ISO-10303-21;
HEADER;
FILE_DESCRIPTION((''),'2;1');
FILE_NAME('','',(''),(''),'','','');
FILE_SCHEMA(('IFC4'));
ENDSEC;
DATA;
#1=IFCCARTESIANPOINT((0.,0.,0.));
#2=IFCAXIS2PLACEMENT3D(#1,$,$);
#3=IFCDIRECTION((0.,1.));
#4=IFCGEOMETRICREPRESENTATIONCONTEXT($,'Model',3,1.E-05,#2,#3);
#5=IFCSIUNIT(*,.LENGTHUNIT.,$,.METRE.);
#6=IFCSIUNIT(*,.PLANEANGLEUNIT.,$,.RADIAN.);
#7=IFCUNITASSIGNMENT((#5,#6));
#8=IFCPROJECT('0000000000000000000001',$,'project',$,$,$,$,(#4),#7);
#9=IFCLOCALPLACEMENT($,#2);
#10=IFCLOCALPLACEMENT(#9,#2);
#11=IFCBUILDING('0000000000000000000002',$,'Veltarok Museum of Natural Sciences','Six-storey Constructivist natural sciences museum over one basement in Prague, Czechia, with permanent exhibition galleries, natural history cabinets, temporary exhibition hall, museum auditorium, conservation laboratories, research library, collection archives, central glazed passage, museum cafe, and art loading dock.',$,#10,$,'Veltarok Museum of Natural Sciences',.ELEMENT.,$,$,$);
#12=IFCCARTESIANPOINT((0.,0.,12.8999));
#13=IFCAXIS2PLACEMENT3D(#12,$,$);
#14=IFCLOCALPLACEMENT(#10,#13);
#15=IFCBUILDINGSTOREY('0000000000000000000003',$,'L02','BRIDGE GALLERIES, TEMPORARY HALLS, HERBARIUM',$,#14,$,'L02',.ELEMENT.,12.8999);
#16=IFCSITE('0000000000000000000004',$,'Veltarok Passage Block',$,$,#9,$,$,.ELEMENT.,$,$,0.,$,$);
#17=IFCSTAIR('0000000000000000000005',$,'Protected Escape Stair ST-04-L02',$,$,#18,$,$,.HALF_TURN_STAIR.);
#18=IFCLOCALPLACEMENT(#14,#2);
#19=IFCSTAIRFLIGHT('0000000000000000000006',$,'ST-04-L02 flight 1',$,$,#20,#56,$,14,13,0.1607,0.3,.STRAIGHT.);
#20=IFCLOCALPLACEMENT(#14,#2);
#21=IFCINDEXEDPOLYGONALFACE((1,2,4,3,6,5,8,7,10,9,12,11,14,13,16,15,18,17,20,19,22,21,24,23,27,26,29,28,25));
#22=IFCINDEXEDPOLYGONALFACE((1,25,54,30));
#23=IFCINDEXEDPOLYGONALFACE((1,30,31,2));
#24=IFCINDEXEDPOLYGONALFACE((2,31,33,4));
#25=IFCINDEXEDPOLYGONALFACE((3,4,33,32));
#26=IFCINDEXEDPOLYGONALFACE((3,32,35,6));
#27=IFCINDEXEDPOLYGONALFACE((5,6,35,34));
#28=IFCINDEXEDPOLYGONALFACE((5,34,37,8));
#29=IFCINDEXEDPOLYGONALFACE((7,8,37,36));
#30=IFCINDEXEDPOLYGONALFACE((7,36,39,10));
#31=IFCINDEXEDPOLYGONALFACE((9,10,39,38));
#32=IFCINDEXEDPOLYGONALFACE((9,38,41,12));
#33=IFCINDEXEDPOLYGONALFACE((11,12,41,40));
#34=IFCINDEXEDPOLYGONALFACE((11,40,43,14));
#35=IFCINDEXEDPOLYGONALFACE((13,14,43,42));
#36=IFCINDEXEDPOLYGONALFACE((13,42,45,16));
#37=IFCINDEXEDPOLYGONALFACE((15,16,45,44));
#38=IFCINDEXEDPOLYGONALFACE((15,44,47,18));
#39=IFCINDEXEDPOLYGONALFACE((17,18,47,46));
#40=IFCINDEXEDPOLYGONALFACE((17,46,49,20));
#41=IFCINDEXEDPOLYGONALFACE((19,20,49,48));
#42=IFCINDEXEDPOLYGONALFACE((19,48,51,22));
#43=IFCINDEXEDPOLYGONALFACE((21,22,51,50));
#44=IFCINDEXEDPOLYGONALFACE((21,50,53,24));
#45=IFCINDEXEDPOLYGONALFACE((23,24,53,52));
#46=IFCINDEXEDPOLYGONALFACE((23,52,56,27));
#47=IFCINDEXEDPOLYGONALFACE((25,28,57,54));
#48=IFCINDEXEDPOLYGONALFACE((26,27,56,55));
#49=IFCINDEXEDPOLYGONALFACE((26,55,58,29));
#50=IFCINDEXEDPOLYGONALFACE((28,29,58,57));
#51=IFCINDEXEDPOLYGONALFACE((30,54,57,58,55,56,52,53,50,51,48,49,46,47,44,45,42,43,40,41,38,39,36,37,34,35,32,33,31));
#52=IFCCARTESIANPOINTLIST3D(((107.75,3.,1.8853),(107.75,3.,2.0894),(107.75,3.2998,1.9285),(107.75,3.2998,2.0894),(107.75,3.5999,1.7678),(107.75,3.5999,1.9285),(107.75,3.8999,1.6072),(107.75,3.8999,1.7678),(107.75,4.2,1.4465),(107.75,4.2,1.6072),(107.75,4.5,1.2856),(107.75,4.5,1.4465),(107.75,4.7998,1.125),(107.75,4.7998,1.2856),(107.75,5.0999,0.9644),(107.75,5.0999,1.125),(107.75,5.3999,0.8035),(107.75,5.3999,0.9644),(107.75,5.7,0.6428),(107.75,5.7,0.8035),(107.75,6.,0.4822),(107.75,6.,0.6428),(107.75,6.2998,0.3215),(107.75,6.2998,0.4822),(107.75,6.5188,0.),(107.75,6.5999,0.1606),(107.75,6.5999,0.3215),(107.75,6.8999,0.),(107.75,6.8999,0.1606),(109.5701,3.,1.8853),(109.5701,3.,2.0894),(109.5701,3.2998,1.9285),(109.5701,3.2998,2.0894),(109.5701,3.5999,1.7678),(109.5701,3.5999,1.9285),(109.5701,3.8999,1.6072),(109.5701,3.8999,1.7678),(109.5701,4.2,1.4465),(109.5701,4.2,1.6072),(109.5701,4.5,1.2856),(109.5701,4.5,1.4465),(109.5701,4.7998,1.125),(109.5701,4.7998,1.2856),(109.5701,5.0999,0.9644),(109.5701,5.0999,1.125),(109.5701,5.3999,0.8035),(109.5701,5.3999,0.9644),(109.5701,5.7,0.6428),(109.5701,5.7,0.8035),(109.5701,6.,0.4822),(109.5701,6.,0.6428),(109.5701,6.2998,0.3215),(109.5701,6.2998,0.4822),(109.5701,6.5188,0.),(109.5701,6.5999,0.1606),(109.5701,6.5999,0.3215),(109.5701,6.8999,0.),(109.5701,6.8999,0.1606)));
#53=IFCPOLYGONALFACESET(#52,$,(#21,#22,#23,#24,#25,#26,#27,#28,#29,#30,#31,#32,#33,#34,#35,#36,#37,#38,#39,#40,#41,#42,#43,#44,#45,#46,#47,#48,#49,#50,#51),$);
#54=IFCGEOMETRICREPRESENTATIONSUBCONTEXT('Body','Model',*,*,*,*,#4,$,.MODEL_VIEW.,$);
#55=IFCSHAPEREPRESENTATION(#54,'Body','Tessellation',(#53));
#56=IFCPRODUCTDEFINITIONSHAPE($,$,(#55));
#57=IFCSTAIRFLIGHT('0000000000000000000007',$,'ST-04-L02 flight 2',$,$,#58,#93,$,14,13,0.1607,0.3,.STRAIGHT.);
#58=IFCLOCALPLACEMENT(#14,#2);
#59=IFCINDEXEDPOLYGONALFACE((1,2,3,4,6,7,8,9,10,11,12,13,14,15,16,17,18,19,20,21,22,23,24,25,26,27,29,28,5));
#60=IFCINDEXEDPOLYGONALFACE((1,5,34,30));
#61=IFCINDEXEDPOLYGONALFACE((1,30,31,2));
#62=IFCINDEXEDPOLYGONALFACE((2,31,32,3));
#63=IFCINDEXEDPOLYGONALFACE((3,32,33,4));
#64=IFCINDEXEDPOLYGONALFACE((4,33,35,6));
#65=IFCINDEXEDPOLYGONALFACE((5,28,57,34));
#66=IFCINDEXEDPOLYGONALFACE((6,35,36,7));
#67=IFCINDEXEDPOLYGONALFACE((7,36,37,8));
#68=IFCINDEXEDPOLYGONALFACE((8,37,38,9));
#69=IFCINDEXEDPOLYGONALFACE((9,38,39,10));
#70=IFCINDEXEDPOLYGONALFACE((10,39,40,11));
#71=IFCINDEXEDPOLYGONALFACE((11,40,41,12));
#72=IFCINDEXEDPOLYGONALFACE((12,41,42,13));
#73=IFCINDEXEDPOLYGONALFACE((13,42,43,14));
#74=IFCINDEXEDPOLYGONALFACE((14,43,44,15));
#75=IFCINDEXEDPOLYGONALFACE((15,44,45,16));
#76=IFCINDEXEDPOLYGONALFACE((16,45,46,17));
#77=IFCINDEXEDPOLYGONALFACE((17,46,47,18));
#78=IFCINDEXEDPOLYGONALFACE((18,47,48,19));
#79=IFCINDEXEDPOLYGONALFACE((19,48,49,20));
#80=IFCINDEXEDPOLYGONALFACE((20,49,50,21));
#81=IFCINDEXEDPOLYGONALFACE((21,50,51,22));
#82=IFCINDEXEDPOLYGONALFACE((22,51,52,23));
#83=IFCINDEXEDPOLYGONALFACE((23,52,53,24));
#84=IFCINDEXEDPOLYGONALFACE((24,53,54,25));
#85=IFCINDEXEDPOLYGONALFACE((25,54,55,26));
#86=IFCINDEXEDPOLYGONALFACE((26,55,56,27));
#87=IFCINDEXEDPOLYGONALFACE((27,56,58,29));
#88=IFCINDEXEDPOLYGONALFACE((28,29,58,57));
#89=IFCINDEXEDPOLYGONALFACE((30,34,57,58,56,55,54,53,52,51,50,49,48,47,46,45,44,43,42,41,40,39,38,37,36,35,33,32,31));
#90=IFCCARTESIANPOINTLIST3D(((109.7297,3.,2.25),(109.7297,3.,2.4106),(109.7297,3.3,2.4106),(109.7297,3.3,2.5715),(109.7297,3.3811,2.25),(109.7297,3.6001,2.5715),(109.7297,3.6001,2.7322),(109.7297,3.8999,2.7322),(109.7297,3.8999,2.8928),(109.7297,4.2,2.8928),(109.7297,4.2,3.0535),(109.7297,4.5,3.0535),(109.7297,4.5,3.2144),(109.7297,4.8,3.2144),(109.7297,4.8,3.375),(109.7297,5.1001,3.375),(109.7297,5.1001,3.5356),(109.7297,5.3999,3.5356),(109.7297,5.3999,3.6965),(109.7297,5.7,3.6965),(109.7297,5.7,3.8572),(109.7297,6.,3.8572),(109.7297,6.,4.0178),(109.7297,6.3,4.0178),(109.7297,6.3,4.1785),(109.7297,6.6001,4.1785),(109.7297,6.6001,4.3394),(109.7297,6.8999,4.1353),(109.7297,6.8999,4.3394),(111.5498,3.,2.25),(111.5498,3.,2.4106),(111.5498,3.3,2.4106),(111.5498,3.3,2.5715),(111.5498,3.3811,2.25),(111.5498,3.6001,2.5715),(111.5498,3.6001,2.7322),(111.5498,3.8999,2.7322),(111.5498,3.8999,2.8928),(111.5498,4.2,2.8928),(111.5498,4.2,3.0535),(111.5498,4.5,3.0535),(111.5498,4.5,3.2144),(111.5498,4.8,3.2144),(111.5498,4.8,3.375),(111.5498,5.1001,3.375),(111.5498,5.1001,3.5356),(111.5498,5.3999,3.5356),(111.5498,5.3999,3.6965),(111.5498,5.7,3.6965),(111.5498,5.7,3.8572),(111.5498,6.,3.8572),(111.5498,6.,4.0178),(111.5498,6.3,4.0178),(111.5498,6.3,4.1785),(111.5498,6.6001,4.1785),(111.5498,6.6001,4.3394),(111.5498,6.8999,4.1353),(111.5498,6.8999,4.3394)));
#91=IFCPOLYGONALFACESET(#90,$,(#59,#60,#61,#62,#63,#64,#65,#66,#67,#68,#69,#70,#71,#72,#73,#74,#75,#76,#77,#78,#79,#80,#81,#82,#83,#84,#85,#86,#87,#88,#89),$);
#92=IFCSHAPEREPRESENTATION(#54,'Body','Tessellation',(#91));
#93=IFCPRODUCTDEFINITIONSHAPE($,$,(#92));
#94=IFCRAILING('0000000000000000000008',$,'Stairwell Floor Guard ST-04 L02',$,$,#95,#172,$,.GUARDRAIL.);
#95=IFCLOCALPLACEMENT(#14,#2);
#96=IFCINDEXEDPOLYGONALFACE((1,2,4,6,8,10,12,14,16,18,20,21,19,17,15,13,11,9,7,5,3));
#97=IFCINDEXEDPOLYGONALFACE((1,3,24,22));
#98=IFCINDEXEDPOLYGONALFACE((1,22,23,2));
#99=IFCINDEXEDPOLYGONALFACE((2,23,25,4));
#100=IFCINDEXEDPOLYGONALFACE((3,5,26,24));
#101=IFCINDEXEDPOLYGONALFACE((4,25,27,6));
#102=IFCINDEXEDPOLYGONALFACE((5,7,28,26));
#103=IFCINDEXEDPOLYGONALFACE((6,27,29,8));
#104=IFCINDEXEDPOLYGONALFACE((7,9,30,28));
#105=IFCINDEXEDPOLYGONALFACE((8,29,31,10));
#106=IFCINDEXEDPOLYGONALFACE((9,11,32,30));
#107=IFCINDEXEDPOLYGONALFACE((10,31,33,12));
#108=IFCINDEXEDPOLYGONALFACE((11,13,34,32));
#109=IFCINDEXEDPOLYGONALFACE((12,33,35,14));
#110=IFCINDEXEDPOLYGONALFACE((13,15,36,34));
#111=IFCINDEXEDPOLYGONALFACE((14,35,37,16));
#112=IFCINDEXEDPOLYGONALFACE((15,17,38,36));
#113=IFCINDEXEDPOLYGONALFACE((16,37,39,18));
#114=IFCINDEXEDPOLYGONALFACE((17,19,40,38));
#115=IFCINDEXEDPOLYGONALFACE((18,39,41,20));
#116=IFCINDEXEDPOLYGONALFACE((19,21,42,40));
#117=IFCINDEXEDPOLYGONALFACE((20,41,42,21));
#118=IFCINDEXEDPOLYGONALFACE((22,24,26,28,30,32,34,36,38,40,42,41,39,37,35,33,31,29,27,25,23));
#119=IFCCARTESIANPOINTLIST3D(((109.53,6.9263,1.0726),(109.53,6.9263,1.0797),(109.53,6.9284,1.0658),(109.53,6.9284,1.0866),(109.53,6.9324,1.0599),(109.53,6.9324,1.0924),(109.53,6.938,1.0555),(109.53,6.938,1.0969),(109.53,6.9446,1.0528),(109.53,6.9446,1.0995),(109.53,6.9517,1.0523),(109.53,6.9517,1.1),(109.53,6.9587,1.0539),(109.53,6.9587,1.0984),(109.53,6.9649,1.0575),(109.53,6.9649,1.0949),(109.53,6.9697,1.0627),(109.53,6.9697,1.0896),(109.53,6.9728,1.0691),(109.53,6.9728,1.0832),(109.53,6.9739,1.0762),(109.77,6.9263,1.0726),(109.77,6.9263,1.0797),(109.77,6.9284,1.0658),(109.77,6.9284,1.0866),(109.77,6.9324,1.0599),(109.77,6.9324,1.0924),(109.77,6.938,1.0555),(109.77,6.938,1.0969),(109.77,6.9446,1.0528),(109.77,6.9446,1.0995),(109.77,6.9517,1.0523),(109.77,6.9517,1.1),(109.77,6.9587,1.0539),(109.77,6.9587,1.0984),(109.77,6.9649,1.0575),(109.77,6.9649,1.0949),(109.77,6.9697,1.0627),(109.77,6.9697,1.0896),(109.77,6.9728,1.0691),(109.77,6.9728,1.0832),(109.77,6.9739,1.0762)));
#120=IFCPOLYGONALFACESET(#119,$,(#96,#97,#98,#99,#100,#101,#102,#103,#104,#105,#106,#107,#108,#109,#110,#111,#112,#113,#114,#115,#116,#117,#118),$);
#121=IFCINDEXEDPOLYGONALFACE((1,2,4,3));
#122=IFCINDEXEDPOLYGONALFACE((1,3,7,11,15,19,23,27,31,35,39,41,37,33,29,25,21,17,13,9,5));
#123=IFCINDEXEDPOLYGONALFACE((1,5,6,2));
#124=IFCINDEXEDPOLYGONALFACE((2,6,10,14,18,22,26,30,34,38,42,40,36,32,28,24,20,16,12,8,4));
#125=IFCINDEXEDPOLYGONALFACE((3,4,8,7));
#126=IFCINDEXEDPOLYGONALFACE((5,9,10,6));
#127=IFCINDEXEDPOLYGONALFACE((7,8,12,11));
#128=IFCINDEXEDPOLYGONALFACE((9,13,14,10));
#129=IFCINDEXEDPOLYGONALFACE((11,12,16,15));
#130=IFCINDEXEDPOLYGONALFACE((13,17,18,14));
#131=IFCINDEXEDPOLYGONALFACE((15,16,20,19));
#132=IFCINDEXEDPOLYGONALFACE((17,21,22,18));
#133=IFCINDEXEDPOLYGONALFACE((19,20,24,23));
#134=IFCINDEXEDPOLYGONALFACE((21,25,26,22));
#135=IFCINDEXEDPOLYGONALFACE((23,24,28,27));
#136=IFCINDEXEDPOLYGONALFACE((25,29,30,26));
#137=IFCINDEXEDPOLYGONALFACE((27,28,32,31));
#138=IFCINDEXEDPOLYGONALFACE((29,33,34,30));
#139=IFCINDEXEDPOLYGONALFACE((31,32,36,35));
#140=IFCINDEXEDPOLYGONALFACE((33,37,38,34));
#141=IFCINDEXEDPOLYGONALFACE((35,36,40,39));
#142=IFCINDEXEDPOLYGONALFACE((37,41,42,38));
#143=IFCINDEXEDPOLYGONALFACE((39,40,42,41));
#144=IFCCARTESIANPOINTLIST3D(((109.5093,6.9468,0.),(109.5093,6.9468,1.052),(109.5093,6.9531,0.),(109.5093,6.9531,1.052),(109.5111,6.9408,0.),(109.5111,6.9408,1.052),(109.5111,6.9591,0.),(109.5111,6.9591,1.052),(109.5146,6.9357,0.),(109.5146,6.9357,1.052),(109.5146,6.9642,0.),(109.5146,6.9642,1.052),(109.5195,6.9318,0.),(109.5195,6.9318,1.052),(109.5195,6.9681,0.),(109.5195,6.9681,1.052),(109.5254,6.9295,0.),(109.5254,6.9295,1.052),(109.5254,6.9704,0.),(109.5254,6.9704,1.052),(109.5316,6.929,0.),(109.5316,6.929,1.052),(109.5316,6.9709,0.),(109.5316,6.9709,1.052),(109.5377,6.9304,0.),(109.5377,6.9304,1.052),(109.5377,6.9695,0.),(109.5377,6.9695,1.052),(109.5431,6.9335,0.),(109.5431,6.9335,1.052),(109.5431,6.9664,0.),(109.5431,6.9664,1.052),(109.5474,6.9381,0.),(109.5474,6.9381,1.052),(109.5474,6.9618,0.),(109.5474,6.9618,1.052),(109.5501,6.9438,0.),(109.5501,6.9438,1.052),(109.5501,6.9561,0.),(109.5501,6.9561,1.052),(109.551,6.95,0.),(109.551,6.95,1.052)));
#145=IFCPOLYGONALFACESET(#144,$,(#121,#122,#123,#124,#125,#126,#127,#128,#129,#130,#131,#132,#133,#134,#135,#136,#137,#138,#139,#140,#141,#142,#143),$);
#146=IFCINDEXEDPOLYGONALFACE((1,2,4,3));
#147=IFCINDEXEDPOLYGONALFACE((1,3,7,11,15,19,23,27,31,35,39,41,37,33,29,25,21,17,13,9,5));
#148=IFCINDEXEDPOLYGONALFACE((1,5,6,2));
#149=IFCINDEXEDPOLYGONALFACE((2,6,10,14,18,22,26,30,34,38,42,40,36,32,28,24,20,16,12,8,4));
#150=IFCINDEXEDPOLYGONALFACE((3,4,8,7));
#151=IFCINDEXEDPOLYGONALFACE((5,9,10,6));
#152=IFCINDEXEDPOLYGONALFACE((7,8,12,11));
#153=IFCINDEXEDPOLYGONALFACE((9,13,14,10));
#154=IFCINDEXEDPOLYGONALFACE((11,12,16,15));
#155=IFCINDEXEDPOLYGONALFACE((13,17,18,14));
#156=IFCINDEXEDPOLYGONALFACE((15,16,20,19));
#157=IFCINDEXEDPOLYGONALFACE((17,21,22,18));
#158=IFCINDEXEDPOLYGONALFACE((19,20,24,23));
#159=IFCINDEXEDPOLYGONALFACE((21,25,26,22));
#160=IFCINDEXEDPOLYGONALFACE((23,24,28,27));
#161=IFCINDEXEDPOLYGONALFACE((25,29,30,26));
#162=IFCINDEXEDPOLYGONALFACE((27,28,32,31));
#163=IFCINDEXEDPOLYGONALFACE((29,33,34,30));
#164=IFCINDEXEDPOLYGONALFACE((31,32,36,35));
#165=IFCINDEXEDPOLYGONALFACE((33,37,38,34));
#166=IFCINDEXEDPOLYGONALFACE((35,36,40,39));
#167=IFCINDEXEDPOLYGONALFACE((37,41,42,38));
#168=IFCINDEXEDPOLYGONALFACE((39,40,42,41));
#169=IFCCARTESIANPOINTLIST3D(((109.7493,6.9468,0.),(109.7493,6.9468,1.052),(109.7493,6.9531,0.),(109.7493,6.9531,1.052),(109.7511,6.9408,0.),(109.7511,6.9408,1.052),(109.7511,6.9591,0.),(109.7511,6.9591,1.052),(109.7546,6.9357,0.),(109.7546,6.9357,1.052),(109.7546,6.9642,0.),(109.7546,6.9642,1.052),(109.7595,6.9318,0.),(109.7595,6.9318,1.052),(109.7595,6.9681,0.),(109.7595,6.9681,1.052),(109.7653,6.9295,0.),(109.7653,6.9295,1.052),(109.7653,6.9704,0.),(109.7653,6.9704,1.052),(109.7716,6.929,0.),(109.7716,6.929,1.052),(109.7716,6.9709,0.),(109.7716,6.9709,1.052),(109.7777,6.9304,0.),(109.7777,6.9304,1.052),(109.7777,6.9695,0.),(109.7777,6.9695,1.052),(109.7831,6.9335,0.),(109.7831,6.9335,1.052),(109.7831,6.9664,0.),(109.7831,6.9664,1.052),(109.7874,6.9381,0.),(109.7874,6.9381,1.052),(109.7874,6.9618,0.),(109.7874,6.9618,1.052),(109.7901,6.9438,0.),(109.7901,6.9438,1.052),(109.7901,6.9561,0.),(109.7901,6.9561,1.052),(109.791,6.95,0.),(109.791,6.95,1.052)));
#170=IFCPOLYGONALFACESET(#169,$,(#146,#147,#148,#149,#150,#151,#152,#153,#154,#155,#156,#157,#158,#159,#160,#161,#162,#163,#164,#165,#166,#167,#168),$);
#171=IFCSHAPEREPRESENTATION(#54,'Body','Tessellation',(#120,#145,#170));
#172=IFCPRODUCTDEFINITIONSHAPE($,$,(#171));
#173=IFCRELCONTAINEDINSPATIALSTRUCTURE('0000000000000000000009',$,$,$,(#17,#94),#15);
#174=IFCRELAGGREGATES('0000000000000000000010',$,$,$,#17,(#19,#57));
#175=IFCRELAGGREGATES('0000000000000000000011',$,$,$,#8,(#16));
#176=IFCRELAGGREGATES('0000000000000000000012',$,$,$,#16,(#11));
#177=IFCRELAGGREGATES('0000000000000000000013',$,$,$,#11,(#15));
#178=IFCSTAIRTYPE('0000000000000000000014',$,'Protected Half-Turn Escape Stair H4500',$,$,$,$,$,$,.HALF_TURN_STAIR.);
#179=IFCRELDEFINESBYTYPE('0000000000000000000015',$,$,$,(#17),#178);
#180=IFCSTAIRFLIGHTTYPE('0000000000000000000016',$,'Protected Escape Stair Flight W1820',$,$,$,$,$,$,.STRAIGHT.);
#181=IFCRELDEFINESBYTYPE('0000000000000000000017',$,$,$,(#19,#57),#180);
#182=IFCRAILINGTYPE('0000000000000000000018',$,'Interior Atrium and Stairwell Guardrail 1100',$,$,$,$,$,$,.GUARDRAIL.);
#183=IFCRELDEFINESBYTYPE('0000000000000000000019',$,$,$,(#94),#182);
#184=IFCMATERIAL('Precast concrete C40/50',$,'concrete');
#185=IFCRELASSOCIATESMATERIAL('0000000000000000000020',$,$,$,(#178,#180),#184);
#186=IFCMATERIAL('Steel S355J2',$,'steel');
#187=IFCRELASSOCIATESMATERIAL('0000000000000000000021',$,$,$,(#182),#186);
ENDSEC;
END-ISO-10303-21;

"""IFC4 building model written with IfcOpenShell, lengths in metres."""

from ifc_helpers import new_model, si_unit, direction, frame, origin, origin_2d, place, context, subcontext, project, spatial, polyline, circle, outline, extrude, material, type_object, element, aggregate, save


model = new_model("IFC4")

# Units and contexts
model_context = context("Model", 3, precision=1e-05, world=origin(), true_north=direction((0.0, 1.0)))
body_context = subcontext(model_context, "Body", "Model", "MODEL_VIEW")
ifc_project = project(units=[si_unit("LENGTHUNIT", "METRE"), si_unit("PLANEANGLEUNIT", "RADIAN")], contexts=[model_context])

# Site, building, storey
site_placement = place(None, origin())
site = spatial("IfcSite", under=ifc_project, at=site_placement, Name="Veltarok Passage Block", CompositionType="ELEMENT", RefElevation=0.0)
building_placement = place(site_placement, origin())
building = spatial("IfcBuilding", under=site, at=building_placement, Name="Veltarok Museum of Natural Sciences", Description="Six-storey Constructivist natural sciences museum over one basement in Prague, Czechia, with permanent exhibition galleries, natural history cabinets, temporary exhibition hall, museum auditorium, conservation laboratories, research library, collection archives, central glazed passage, museum cafe, and art loading dock.", LongName="Veltarok Museum of Natural Sciences", CompositionType="ELEMENT")
storey_placement = place(building_placement, frame((0.0, 0.0, 12.8999)))
storey = spatial("IfcBuildingStorey", under=building, at=storey_placement, Name="L02", Description="BRIDGE GALLERIES, TEMPORARY HALLS, HERBARIUM", LongName="L02", CompositionType="ELEMENT", Elevation=12.8999)

# Shared definitions
ifc_material_1 = material(Name="Steel S355J2", Category="steel")

# Shared definitions
ifc_material_2 = material(Name="Precast concrete C40/50", Category="concrete")

# Stair, stair flights
stair_type = type_object("IfcStairType", Name="Protected Half-Turn Escape Stair H4500", PredefinedType="HALF_TURN_STAIR", material=ifc_material_2)
stair_placement = place(storey_placement, origin())
stair = element("IfcStair", 1, at=stair_placement, inside=storey, type_object=stair_type, Name="Protected Escape Stair ST-04-L02", PredefinedType="HALF_TURN_STAIR")
stair_flight_type = type_object("IfcStairFlightType", Name="Protected Escape Stair Flight W1820", PredefinedType="STRAIGHT", material=ifc_material_2)
stair_flight_1_placement = place(storey_placement, frame((108.6599, 6.8999, 0.0), z_axis=(0.0, 0.0, 1.0), x_axis=(0.0, -1.0, 0.0)))
stair_flight_1 = element("IfcStairFlight", 2, at=stair_flight_1_placement, type_object=stair_flight_type, Name="ST-04-L02 flight 1", NumberOfRisers=14, NumberOfTreads=13, PredefinedType="STRAIGHT", RiserHeight=0.1607, TreadLength=0.3, context=body_context, shape_type="SweptSolid", body=[
    extrude(outline(polyline([(0.0, 0.0), (0.0, 0.1606), (0.3, 0.1606), (0.3, 0.3215), (0.6001, 0.3215), (0.6001, 0.4822), (0.8999, 0.4822), (0.8999, 0.6428), (1.2, 0.6428), (1.2, 0.8035), (1.5, 0.8035), (1.5, 0.9644), (1.8, 0.9644), (1.8, 1.125), (2.1001, 1.125), (2.1001, 1.2856), (2.3999, 1.2856), (2.3999, 1.4465), (2.7, 1.4465), (2.7, 1.6072), (3.0, 1.6072), (3.0, 1.7678), (3.3, 1.7678), (3.3, 1.9285), (3.6001, 1.9285), (3.6001, 2.0894), (3.8999, 2.0894), (3.8999, 2.25), (3.8999, 1.8853), (0.3811, 0.0), (0.0, 0.0)])), frame((0.0, 0.9102, 0.0), z_axis=(0.0, -1.0, 0.0), x_axis=(1.0, 0.0, 0.0)), (0.0, 0.0, 1.0), 1.8201),
])
stair_flight_2_placement = place(storey_placement, frame((110.6399, 3.0, 2.25), z_axis=(0.0, 0.0, 1.0), x_axis=(0.0, 1.0, 0.0)))
stair_flight_2 = element("IfcStairFlight", 3, at=stair_flight_2_placement, type_object=stair_flight_type, Name="ST-04-L02 flight 2", NumberOfRisers=14, NumberOfTreads=13, PredefinedType="STRAIGHT", RiserHeight=0.1607, TreadLength=0.3, context=body_context, shape_type="SweptSolid", body=[
    extrude(outline(polyline([(0.0, 0.0), (0.0, 0.1606), (0.3, 0.1606), (0.3, 0.3215), (0.6001, 0.3215), (0.6001, 0.4822), (0.8999, 0.4822), (0.8999, 0.6428), (1.2, 0.6428), (1.2, 0.8035), (1.5, 0.8035), (1.5, 0.9644), (1.8, 0.9644), (1.8, 1.125), (2.1001, 1.125), (2.1001, 1.2856), (2.3999, 1.2856), (2.3999, 1.4465), (2.7, 1.4465), (2.7, 1.6072), (3.0, 1.6072), (3.0, 1.7678), (3.3, 1.7678), (3.3, 1.9285), (3.6001, 1.9285), (3.6001, 2.0894), (3.8999, 2.0894), (3.8999, 2.25), (3.8999, 1.8853), (0.3811, 0.0), (0.0, 0.0)])), frame((0.0, 0.9102, 0.0), z_axis=(0.0, -1.0, 0.0), x_axis=(1.0, 0.0, 0.0)), (0.0, 0.0, 1.0), 1.8201),
])
aggregate(stair, [stair_flight_1, stair_flight_2])

# Railing
railing_type_1 = type_object("IfcRailingType", Name="Interior Atrium and Stairwell Guardrail 1100", PredefinedType="GUARDRAIL", material=ifc_material_1)
for number, where, name in (
    (4, (109.53, 6.95, 0.0), "Stairwell Floor Guard ST-04 L02"),
):
    element("IfcRailing", number, at=place(storey_placement, frame(where)), inside=storey, type_object=railing_type_1, Name=name, PredefinedType="GUARDRAIL", context=body_context, shape_type="SweptSolid", body=[
        extrude(circle(Radius=0.0239, at=origin_2d()), frame((0.0, 0.0, 1.0762), z_axis=(1.0, 0.0, 0.0), x_axis=(0.0, 1.0, 0.0)), (0.0, 0.0, 1.0), 0.24),
        extrude(circle(Radius=0.021, at=origin_2d()), origin(), (0.0, 0.0, 1.0), 1.052),
        extrude(circle(Radius=0.021, at=origin_2d()), frame((0.24, 0.0, 0.0)), (0.0, 0.0, 1.0), 1.052),
    ])

save(model, "model.ifc")
